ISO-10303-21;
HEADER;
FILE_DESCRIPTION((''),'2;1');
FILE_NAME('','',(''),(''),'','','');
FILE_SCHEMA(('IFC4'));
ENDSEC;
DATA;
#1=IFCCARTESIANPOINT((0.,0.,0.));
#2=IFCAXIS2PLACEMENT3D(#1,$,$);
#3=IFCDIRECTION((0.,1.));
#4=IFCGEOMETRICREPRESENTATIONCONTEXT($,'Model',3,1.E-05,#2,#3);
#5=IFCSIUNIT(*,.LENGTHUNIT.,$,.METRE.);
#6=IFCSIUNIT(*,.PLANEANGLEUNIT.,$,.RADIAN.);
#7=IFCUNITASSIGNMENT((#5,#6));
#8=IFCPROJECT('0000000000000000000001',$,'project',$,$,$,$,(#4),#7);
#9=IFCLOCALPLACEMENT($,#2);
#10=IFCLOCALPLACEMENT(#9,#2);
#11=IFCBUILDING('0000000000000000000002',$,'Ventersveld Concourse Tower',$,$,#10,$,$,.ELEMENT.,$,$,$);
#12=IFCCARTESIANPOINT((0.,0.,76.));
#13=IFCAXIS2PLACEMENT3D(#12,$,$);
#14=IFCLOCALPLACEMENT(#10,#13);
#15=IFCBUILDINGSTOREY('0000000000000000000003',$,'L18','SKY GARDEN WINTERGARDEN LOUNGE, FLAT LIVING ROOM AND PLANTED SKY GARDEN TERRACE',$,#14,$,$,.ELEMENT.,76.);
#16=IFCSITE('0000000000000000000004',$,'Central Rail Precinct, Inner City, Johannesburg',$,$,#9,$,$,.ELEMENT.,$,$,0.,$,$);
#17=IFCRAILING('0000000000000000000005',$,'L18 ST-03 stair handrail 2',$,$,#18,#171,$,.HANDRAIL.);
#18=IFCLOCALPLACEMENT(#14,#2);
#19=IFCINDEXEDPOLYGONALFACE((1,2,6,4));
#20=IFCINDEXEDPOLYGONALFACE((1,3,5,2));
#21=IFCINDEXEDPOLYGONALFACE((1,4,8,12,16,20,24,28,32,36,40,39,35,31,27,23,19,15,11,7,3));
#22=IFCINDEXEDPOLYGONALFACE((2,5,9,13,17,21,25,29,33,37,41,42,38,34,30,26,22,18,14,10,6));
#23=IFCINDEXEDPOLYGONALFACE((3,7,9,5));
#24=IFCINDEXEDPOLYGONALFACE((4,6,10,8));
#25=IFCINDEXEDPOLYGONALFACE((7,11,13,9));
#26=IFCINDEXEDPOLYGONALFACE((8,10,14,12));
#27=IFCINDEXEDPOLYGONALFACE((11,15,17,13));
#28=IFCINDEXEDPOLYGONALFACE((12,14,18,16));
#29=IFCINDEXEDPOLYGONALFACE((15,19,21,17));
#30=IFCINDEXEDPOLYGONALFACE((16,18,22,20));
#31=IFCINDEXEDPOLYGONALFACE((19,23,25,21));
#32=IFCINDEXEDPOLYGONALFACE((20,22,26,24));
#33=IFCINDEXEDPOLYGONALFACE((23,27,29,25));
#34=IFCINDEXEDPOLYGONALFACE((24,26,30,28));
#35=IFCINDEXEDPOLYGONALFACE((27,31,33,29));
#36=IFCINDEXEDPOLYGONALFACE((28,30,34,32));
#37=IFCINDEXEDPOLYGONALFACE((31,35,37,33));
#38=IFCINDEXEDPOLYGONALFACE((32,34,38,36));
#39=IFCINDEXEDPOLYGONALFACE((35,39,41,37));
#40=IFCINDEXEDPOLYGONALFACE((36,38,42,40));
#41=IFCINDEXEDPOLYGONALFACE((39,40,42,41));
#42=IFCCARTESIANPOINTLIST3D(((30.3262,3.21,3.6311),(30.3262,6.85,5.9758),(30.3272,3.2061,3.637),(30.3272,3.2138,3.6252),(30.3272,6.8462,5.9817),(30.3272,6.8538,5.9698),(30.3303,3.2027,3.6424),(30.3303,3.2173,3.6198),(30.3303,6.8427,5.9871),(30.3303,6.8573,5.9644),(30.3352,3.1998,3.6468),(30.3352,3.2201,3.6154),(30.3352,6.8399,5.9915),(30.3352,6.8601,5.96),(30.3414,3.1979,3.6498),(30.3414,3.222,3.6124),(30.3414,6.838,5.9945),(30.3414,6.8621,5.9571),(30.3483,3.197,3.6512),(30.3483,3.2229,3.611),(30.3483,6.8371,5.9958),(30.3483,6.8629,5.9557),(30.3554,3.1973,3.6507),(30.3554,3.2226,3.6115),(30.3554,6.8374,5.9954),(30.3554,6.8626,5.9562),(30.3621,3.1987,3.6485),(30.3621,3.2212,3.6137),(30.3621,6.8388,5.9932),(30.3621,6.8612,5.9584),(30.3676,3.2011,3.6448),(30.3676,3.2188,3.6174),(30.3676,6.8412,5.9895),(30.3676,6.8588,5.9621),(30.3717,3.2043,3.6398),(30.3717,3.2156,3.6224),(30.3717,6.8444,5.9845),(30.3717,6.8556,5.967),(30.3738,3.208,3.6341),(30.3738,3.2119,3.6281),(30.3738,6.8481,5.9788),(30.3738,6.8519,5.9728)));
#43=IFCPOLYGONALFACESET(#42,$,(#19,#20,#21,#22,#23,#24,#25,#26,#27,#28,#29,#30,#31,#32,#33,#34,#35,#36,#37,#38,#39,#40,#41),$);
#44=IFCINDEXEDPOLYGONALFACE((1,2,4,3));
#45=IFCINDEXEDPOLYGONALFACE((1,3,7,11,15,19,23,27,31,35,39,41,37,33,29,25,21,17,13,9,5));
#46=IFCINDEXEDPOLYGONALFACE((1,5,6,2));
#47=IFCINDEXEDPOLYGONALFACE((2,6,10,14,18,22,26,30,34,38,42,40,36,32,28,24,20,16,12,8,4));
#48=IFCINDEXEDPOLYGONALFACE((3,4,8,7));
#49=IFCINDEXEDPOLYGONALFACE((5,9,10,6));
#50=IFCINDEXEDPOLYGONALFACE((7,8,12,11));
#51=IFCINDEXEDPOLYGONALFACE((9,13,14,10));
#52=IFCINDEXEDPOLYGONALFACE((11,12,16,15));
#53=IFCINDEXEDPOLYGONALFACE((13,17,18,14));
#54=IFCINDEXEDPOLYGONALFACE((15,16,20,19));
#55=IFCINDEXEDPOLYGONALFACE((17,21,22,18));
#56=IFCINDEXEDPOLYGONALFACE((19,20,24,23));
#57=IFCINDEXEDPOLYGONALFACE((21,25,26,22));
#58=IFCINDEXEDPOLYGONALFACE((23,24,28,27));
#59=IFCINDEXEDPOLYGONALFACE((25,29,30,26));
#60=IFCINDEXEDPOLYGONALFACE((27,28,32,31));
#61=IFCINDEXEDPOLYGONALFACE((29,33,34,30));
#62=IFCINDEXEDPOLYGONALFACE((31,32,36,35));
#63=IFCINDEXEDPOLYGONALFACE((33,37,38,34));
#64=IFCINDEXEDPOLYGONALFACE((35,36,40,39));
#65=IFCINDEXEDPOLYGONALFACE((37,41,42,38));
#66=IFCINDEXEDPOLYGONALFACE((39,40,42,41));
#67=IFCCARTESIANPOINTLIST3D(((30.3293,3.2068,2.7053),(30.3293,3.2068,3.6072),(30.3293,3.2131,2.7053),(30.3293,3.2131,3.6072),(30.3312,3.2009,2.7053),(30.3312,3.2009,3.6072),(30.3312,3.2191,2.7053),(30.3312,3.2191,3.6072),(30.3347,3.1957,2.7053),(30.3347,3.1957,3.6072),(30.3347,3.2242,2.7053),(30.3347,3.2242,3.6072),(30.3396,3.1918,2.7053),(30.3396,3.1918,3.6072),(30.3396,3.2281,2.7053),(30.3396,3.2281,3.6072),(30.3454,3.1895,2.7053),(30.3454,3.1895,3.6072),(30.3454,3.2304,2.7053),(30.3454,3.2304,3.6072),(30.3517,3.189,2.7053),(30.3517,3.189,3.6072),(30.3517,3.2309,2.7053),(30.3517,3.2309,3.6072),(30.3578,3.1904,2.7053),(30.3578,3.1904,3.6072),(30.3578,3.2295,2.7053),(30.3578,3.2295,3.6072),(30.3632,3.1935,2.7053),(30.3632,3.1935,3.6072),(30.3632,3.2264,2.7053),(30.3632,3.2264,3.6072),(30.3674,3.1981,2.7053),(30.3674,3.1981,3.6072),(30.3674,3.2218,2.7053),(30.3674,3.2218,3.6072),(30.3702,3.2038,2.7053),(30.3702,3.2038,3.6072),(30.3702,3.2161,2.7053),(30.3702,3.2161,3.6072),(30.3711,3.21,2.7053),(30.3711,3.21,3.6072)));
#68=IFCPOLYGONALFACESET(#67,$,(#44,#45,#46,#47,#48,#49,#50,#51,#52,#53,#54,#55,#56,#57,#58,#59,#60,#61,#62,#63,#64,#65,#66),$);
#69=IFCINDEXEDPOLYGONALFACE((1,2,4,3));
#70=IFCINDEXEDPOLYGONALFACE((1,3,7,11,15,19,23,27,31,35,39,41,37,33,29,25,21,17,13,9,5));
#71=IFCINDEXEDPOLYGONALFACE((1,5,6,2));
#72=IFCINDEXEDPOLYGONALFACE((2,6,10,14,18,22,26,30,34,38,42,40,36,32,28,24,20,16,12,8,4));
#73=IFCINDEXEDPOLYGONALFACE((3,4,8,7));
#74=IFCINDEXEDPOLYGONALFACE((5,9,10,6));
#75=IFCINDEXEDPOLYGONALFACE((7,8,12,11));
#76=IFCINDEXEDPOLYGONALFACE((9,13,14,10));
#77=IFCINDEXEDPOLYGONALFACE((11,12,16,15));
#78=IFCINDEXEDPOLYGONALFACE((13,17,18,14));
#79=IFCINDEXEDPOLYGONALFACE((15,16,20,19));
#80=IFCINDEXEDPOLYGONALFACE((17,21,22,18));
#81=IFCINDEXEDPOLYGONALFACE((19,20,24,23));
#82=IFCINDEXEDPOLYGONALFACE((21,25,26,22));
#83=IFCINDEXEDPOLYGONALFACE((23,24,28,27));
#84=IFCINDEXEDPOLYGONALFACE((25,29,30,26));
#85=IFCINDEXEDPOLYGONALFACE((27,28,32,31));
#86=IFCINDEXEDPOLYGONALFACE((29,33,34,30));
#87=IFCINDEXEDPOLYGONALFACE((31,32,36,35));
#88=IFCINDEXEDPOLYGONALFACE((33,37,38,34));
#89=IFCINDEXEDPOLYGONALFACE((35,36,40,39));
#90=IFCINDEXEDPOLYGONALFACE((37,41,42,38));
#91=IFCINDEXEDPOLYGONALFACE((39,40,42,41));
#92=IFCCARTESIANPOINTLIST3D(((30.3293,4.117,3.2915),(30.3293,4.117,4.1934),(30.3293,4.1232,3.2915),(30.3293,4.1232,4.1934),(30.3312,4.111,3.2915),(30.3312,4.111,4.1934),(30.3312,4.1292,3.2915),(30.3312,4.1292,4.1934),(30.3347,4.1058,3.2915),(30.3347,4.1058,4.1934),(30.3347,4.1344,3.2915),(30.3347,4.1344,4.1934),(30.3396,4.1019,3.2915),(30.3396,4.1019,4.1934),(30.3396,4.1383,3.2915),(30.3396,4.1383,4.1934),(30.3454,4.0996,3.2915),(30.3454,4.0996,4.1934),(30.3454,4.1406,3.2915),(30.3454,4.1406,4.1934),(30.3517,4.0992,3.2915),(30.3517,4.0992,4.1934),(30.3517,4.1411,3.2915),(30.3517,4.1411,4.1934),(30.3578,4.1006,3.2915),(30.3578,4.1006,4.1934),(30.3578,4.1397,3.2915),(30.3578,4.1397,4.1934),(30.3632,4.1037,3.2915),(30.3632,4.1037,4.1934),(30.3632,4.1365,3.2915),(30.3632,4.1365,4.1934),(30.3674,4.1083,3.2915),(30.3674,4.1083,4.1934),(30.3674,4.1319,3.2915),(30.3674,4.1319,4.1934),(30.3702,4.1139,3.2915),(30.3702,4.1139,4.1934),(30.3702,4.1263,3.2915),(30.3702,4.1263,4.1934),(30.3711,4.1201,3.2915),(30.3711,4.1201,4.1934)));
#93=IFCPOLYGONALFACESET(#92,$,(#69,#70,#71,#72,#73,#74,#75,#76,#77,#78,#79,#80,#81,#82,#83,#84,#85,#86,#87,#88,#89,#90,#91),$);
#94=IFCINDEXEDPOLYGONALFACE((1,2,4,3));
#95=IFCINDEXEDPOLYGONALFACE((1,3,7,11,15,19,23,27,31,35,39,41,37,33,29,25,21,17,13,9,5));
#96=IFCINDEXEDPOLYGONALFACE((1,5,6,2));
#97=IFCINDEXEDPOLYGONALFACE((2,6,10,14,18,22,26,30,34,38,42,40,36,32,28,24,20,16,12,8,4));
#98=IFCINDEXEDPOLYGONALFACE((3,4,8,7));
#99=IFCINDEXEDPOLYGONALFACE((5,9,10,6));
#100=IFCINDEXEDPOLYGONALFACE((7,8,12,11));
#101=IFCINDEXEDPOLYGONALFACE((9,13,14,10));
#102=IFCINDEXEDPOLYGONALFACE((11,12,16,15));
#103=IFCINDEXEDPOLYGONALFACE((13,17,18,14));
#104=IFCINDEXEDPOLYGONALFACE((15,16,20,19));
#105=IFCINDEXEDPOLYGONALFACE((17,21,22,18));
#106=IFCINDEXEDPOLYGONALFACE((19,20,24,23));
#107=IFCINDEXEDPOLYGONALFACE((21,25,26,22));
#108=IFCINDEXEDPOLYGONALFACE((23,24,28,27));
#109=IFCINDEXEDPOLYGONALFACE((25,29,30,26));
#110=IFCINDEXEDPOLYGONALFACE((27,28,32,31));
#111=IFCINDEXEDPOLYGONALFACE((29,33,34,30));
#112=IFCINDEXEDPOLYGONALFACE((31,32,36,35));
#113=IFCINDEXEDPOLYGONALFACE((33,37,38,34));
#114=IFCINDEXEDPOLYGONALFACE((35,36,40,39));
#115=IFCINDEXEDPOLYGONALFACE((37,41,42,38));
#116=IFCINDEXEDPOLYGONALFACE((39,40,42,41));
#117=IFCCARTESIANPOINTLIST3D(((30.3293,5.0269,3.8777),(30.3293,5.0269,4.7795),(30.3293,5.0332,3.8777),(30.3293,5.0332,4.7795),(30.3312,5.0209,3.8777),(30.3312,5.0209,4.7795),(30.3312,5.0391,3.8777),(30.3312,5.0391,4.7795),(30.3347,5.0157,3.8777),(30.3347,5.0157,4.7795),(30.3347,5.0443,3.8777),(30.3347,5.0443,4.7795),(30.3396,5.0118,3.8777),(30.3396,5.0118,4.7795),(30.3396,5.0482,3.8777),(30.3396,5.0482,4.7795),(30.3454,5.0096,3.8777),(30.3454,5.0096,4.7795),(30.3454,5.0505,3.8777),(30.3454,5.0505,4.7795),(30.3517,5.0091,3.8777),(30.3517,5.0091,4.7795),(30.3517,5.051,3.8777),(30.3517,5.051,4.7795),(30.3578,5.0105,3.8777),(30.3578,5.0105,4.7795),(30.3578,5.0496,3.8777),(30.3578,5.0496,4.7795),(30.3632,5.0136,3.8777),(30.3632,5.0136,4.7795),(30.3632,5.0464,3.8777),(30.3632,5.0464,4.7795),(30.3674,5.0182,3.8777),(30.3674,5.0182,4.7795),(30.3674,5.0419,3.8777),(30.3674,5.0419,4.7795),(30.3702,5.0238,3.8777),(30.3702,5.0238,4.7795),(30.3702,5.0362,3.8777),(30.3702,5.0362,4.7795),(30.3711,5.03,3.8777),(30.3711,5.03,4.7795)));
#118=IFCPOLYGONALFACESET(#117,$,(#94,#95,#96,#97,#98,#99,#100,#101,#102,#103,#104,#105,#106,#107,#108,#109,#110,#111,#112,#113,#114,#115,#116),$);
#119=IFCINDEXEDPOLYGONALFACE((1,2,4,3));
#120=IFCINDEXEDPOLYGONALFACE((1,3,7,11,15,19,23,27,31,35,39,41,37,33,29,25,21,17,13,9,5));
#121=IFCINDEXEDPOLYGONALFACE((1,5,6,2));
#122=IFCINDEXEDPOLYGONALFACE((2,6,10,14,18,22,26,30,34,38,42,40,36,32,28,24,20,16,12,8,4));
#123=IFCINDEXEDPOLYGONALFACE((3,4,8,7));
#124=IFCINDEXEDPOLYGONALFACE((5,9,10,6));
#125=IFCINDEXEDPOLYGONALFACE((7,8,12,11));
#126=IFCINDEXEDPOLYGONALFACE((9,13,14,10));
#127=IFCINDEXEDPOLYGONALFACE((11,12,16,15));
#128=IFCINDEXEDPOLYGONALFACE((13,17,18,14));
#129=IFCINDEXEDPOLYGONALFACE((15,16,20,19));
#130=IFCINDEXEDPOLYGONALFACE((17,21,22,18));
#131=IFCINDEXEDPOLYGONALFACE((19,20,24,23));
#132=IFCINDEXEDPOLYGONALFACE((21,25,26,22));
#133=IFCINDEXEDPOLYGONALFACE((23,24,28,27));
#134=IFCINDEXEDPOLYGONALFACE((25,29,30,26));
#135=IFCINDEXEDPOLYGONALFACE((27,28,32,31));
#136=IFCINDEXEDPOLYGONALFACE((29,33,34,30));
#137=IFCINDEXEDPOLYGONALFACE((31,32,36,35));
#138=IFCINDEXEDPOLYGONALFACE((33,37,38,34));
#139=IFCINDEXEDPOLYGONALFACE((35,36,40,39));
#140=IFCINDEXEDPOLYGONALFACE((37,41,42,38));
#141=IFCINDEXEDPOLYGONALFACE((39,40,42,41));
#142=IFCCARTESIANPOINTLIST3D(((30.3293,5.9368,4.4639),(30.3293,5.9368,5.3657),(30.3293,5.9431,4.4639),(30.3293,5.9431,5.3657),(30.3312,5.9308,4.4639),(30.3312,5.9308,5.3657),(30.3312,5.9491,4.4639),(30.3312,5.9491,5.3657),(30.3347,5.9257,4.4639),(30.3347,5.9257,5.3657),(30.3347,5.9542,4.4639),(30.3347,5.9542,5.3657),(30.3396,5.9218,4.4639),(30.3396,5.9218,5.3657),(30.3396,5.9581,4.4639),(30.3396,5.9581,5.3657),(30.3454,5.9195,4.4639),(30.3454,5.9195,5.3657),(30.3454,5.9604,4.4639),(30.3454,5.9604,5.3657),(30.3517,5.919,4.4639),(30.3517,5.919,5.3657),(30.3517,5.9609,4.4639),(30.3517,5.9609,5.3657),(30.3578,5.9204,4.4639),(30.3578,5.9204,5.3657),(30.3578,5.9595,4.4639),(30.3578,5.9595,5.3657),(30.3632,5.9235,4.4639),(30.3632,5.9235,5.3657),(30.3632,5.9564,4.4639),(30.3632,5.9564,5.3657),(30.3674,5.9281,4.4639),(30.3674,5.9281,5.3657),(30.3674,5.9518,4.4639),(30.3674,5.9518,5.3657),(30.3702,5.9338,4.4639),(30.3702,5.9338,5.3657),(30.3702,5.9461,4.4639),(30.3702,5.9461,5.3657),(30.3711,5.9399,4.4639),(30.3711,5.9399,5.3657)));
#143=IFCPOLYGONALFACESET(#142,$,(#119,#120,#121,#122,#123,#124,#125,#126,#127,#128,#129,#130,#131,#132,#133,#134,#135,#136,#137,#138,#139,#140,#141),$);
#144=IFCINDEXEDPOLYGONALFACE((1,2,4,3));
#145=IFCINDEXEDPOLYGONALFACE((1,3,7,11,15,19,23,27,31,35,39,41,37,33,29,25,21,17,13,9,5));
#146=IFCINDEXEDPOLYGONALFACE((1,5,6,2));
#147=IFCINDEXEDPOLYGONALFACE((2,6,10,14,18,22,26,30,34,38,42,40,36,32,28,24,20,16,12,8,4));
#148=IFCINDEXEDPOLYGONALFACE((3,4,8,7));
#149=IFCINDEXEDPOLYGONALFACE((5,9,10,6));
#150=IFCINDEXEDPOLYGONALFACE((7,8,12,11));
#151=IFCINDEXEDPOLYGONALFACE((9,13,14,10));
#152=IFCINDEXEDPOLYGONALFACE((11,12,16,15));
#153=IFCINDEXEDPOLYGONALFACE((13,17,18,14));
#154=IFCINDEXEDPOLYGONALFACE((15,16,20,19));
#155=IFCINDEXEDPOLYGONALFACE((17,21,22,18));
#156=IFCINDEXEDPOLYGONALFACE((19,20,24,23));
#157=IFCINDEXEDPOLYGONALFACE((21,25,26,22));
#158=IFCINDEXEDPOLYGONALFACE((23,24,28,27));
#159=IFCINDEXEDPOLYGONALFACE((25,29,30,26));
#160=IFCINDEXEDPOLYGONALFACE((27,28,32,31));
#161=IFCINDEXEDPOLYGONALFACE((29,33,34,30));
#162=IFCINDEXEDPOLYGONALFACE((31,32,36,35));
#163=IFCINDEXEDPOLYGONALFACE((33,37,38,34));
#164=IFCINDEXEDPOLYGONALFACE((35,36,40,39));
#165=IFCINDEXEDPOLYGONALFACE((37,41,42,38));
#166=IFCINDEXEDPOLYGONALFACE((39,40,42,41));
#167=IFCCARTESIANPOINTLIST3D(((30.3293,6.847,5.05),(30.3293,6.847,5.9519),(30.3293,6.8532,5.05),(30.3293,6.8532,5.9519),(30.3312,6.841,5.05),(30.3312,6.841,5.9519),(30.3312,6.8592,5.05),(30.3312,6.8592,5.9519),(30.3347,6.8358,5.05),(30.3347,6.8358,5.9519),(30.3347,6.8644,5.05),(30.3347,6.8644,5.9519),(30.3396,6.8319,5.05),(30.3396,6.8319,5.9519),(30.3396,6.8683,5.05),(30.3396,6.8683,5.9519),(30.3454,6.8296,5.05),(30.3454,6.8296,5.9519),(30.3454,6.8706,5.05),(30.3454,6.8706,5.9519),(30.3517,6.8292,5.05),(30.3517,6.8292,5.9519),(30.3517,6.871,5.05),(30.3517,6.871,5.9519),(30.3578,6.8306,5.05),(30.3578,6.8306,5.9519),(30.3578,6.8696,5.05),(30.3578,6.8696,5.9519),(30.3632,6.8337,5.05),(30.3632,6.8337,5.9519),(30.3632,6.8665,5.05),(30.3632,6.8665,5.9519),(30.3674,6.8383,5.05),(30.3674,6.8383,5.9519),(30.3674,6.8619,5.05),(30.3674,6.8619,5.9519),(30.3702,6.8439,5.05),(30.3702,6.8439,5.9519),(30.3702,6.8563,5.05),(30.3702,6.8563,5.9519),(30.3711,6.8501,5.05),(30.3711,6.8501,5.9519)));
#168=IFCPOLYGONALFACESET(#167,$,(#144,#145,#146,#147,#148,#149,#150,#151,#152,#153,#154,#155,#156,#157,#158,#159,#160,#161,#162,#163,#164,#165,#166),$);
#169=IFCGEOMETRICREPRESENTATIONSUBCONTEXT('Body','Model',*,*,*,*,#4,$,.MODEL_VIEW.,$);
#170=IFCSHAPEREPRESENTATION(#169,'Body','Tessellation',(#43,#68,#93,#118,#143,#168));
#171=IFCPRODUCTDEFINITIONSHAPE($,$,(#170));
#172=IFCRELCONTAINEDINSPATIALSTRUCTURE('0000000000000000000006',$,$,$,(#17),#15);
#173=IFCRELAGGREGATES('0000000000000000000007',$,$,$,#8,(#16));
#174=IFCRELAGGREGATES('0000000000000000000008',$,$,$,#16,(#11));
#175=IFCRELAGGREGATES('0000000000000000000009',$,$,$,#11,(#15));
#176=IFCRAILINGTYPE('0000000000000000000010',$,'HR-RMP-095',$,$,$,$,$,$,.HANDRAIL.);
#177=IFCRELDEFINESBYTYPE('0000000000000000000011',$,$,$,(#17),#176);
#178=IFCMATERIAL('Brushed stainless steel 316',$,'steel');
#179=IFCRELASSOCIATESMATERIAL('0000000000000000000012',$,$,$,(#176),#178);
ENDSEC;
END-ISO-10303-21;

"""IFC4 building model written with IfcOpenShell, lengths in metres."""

from ifc_helpers import new_model, si_unit, direction, frame, origin, origin_2d, place, context, subcontext, project, spatial, circle, extrude, material, type_object, element, save


model = new_model("IFC4")

# Units and contexts
model_context = context("Model", 3, precision=1e-05, world=origin(), true_north=direction((0.0, 1.0)))
body_context = subcontext(model_context, "Body", "Model", "MODEL_VIEW")
ifc_project = project(units=[si_unit("LENGTHUNIT", "METRE"), si_unit("PLANEANGLEUNIT", "RADIAN")], contexts=[model_context])

# Site, building, storey
site_placement = place(None, origin())
site = spatial("IfcSite", under=ifc_project, at=site_placement, Name="Central Rail Precinct, Inner City, Johannesburg", CompositionType="ELEMENT", RefElevation=0.0)
building_placement = place(site_placement, origin())
building = spatial("IfcBuilding", under=site, at=building_placement, Name="Ventersveld Concourse Tower", CompositionType="ELEMENT")
storey_placement = place(building_placement, frame((0.0, 0.0, 76.0)))
storey = spatial("IfcBuildingStorey", under=building, at=storey_placement, Name="L18", Description="SKY GARDEN WINTERGARDEN LOUNGE, FLAT LIVING ROOM AND PLANTED SKY GARDEN TERRACE", CompositionType="ELEMENT", Elevation=76.0)

# Railing
ifc_material_1 = material(Name="Brushed stainless steel 316", Category="steel")
railing_type_1 = type_object("IfcRailingType", Name="HR-RMP-095", PredefinedType="HANDRAIL", material=ifc_material_1)
railing_1_placement = place(storey_placement, frame((30.3501, 3.21, 2.7053)))
element("IfcRailing", 1, at=railing_1_placement, inside=storey, type_object=railing_type_1, Name="L18 ST-03 stair handrail 2", PredefinedType="HANDRAIL", context=body_context, shape_type="SweptSolid", body=[
    extrude(circle(Radius=0.0239, at=origin_2d()), frame((0.0, 0.0, 0.9258), z_axis=(0.0, 0.840691, 0.541515), x_axis=(-1.0, 0.0, 0.0)), (0.0, 0.0, 1.0), 4.3298),
    extrude(circle(Radius=0.021, at=origin_2d()), origin(), (0.0, 0.0, 1.0), 0.9019),
    extrude(circle(Radius=0.021, at=origin_2d()), frame((0.0, 0.9102, 0.5862)), (0.0, 0.0, 1.0), 0.9019),
    extrude(circle(Radius=0.021, at=origin_2d()), frame((0.0, 1.8201, 1.1724)), (0.0, 0.0, 1.0), 0.9019),
    extrude(circle(Radius=0.021, at=origin_2d()), frame((0.0, 2.73, 1.7585)), (0.0, 0.0, 1.0), 0.9019),
    extrude(circle(Radius=0.021, at=origin_2d()), frame((0.0, 3.6401, 2.3447)), (0.0, 0.0, 1.0), 0.9019),
])

save(model, "model.ifc")
